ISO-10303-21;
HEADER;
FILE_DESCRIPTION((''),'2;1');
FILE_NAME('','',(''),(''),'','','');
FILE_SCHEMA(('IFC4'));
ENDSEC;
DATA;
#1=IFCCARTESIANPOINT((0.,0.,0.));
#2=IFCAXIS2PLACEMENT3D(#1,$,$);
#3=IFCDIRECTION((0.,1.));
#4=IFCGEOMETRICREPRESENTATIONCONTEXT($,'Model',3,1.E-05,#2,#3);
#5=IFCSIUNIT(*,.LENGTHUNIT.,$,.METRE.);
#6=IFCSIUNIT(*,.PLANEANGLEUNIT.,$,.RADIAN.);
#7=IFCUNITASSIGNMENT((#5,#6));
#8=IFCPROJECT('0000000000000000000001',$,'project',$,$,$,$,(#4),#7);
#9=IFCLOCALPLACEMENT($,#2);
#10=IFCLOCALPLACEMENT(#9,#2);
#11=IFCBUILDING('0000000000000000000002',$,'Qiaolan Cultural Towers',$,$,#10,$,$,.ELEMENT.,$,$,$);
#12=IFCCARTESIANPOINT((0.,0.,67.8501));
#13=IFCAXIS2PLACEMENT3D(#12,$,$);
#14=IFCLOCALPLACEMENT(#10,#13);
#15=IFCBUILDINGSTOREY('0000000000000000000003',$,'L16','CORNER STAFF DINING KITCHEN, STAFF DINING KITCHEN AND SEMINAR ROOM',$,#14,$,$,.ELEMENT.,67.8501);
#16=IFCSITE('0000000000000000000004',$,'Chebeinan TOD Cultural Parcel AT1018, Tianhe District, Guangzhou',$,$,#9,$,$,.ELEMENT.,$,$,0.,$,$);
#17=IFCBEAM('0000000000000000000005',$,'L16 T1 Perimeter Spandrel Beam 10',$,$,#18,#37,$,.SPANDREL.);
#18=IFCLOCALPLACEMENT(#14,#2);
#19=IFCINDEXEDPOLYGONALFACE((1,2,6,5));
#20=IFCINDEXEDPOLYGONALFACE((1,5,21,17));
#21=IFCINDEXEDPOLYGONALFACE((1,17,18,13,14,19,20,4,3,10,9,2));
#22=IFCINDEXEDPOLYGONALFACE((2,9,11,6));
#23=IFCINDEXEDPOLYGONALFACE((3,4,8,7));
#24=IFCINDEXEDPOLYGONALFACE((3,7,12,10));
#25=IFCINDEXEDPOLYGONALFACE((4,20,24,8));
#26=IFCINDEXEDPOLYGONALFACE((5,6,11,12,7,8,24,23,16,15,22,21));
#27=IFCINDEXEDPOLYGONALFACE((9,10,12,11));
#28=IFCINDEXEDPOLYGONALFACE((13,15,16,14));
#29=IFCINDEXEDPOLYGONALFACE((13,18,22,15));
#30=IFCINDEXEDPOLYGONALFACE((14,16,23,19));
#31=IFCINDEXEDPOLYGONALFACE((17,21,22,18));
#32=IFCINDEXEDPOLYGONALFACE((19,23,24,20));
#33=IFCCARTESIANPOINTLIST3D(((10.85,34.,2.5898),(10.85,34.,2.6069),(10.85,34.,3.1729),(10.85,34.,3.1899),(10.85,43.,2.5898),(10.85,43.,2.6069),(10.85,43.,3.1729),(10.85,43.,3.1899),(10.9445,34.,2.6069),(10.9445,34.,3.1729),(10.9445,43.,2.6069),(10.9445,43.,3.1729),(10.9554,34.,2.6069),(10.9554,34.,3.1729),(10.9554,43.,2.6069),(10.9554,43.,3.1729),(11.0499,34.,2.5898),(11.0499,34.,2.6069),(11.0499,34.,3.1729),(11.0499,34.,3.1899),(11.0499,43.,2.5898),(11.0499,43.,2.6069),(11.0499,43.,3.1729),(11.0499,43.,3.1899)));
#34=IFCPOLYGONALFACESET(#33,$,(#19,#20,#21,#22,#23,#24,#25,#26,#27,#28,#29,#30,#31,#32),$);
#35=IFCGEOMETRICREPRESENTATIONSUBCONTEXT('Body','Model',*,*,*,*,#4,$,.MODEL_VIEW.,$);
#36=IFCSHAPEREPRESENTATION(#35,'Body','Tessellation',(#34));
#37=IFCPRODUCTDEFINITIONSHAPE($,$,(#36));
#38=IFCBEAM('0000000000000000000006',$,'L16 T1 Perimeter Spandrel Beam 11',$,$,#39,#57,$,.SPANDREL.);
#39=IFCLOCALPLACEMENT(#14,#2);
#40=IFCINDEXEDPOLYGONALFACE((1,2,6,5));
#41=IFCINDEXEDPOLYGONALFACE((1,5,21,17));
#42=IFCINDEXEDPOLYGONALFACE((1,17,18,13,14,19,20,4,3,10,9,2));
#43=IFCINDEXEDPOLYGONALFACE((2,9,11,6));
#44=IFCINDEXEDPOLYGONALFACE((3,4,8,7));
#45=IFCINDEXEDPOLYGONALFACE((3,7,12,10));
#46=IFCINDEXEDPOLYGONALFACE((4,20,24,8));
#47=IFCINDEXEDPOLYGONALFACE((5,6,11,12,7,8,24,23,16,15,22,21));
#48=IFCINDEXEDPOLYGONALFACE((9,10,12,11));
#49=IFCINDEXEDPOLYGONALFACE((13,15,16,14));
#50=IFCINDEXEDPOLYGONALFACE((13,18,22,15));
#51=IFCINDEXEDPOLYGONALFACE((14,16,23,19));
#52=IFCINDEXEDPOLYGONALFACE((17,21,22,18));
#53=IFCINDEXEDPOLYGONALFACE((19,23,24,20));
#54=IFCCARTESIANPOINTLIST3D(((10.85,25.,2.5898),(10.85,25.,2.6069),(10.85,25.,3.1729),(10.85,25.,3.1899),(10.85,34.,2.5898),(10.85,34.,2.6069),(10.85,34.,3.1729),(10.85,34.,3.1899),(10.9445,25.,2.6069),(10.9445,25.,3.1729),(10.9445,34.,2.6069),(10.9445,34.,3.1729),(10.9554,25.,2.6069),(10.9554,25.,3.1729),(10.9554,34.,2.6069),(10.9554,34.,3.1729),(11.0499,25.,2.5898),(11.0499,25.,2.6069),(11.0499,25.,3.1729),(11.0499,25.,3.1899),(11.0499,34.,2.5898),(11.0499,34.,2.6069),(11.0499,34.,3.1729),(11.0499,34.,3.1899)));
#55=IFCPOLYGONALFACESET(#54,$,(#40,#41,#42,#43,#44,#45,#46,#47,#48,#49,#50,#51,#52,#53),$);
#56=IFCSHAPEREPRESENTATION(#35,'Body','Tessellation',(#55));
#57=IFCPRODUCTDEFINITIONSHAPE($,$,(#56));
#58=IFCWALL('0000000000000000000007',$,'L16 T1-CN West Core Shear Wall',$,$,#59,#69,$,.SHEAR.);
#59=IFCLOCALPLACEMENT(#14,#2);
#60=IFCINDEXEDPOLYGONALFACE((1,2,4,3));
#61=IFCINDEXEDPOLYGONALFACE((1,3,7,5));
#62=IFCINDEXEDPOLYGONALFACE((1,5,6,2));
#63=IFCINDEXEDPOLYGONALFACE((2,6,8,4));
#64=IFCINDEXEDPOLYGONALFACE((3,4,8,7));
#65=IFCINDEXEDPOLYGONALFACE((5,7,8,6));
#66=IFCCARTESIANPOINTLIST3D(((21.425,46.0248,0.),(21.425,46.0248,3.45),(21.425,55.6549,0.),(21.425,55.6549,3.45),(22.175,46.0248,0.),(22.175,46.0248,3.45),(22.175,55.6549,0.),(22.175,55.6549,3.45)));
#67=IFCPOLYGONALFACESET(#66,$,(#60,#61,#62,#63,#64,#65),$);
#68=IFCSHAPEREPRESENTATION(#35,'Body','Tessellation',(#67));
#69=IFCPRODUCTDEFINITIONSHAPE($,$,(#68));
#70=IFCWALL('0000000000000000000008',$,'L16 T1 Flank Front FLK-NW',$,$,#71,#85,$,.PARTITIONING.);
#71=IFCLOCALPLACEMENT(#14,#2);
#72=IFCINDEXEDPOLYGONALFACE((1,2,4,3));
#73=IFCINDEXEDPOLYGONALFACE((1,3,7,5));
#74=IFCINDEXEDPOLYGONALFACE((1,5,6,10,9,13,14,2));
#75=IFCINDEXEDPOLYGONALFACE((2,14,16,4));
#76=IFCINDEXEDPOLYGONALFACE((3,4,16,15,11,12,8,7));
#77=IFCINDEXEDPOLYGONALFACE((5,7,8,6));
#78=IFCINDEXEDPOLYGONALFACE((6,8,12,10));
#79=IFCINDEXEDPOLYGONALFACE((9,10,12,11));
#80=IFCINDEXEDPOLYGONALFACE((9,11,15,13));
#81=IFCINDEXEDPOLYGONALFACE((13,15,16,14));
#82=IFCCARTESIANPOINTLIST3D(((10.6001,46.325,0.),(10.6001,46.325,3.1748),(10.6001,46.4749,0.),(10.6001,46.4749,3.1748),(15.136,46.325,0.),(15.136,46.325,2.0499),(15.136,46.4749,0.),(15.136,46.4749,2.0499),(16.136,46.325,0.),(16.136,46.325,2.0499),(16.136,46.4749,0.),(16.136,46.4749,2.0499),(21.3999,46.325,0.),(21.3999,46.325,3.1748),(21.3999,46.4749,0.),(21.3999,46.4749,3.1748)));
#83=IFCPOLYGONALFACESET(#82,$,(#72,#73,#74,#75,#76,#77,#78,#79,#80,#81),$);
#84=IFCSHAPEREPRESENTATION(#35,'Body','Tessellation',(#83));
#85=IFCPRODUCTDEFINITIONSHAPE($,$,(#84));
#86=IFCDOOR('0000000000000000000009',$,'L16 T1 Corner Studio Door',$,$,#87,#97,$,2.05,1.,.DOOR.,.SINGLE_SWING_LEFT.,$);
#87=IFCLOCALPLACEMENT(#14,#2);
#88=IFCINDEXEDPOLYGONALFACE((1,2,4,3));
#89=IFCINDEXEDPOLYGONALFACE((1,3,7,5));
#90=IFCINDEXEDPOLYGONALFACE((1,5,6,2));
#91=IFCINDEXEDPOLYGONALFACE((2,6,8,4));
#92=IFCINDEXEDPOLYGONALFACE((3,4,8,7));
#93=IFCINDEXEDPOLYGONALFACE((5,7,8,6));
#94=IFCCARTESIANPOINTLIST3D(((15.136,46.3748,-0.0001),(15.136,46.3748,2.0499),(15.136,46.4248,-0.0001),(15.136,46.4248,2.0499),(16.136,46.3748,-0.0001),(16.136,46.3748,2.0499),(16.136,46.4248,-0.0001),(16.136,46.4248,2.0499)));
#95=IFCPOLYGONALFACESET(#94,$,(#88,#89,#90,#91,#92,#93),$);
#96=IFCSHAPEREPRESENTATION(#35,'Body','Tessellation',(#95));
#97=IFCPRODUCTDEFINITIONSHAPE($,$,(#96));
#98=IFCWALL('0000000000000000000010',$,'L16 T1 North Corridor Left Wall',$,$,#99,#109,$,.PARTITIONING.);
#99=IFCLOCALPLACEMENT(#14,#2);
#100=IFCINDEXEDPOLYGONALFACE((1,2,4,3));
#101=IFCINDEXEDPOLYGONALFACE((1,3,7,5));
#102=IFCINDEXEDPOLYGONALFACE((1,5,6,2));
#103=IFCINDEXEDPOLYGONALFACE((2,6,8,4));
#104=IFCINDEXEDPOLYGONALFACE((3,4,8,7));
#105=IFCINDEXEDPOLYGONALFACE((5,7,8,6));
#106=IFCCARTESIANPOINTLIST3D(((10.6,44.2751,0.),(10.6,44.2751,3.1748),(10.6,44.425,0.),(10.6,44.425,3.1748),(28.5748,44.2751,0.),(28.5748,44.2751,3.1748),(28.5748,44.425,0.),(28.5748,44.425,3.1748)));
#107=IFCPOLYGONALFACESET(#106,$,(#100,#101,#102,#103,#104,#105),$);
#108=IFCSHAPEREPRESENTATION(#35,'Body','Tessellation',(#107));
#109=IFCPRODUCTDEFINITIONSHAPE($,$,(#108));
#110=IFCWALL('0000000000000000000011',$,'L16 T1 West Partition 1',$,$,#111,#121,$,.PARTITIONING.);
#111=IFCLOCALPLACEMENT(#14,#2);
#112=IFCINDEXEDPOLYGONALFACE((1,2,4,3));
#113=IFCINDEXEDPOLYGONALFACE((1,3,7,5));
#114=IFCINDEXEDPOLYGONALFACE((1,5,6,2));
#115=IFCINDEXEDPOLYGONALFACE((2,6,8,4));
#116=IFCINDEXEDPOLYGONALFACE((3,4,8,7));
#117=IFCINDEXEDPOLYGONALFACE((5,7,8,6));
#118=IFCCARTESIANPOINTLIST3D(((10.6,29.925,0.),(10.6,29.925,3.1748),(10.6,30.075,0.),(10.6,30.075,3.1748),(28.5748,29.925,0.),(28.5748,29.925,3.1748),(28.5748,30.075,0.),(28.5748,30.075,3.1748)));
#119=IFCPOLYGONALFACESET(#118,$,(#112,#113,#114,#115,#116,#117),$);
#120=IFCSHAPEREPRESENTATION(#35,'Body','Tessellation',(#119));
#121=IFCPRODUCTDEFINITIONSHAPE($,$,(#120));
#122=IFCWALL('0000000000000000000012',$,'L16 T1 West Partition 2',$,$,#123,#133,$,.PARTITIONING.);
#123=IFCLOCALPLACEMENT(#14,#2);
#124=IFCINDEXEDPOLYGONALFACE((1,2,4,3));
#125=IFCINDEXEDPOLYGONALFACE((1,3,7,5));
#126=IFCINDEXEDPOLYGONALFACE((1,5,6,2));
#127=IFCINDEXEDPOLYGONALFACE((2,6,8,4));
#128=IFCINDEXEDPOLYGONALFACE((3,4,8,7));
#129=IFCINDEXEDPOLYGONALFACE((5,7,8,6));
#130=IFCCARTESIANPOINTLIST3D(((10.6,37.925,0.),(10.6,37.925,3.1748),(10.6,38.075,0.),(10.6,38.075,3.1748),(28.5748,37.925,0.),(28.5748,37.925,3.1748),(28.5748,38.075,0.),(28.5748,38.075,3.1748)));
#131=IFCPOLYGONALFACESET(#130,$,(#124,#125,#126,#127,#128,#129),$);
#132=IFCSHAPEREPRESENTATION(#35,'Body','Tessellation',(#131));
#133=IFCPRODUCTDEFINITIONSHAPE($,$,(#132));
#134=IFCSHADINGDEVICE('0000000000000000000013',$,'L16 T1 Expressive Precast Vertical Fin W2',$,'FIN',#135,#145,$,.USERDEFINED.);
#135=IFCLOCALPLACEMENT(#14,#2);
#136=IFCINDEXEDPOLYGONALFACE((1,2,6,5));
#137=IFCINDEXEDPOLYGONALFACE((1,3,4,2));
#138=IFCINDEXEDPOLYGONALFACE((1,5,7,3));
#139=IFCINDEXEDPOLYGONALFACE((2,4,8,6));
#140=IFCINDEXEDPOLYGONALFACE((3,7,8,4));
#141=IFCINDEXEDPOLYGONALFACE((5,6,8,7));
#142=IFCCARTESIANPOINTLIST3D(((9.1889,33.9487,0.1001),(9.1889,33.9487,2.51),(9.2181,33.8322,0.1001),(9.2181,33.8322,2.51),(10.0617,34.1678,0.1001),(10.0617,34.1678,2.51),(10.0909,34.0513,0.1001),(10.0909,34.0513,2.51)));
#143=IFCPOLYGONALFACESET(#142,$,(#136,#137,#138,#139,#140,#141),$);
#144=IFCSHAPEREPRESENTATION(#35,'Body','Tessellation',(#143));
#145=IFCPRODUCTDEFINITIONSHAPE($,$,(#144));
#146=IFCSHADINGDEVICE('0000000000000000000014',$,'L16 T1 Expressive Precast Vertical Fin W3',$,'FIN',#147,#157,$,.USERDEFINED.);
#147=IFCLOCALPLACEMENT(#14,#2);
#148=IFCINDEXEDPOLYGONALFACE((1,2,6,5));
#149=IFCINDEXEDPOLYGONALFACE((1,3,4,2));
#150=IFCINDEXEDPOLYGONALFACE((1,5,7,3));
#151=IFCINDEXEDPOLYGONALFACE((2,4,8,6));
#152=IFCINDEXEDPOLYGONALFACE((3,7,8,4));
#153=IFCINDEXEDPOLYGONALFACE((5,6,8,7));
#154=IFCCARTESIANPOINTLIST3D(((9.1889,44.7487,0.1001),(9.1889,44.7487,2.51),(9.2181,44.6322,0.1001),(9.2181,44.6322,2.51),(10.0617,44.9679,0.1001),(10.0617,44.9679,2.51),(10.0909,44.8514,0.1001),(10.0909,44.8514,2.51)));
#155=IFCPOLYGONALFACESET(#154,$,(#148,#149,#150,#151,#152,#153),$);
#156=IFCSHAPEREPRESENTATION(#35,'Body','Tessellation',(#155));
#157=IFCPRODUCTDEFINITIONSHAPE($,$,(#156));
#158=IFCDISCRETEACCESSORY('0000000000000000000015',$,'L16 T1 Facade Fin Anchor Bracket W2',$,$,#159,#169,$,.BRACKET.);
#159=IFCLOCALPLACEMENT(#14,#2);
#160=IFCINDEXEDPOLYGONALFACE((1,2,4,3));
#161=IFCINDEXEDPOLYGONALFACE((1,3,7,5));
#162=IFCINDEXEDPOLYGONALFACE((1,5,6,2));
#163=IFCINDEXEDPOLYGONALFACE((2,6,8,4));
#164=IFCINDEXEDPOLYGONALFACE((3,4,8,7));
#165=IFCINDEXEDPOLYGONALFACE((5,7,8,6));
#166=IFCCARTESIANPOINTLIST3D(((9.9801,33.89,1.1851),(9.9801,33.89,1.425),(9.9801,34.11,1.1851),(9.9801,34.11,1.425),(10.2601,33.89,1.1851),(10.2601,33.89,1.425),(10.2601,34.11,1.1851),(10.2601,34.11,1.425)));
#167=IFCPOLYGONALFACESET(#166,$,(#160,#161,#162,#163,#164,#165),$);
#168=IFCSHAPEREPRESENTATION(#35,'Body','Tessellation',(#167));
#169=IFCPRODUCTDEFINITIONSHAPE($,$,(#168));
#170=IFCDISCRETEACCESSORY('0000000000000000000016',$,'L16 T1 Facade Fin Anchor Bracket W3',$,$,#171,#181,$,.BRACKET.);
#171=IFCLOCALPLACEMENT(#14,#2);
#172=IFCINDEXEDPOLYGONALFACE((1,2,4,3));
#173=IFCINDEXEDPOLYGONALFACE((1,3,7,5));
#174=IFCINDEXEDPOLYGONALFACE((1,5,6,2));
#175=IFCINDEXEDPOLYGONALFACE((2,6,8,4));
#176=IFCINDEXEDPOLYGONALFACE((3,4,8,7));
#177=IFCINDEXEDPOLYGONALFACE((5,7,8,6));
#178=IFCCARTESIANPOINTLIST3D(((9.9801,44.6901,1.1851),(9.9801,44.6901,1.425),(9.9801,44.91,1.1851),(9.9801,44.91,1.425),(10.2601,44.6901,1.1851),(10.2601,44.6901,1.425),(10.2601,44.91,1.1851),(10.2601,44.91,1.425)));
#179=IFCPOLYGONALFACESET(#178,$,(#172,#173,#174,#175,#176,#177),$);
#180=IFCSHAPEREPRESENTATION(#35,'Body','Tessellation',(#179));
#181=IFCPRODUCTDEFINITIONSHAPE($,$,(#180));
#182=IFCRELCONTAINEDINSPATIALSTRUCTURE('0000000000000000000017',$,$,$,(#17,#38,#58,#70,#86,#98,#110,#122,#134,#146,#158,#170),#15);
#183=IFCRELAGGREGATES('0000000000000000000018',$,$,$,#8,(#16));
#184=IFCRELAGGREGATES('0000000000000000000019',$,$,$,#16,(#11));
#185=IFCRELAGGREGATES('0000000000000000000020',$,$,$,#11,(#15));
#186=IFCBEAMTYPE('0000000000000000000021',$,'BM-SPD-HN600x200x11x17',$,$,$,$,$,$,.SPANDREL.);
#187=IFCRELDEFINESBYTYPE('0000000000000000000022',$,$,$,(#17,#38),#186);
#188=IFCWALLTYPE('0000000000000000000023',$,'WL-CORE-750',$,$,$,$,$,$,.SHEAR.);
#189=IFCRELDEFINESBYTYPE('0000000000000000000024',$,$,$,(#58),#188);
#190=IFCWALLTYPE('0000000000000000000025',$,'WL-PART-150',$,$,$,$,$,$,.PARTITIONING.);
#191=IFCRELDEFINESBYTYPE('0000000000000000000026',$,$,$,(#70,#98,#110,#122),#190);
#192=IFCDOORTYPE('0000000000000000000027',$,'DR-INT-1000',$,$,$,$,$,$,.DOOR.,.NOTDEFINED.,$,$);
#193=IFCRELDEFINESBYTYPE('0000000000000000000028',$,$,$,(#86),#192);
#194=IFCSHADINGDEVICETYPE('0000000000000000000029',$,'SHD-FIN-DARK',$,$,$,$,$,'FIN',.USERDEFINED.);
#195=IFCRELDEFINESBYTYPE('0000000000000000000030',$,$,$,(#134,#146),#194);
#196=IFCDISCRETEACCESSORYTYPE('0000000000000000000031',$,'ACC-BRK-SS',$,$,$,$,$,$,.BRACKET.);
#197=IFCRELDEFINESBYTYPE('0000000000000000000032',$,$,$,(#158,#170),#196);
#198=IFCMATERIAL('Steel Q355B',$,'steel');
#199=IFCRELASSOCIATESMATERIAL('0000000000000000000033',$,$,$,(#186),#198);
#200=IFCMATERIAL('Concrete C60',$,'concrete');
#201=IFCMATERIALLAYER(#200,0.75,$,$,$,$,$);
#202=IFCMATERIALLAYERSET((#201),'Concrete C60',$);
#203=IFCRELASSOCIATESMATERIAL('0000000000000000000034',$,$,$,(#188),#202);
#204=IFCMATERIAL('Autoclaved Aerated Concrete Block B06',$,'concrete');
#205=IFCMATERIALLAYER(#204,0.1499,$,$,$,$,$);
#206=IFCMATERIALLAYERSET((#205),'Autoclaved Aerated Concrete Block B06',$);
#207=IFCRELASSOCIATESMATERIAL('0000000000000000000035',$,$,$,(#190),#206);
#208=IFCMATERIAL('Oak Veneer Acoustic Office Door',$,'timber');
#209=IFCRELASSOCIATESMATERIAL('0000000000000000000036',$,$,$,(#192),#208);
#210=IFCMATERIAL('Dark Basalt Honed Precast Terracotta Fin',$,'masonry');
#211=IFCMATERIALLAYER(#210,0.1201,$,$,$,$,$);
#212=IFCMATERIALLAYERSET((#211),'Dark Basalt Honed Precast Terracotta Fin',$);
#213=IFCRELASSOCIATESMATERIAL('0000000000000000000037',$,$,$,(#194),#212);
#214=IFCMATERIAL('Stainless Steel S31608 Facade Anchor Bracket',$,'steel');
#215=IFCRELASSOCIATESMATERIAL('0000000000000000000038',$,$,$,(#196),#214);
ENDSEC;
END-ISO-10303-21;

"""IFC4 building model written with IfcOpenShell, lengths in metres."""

from ifc_helpers import new_model, si_unit, direction, frame, frame_2d, origin, origin_2d, place, context, subcontext, project, spatial, rectangle, i_section, extrude, material, layer, layer_set, material_profile, profile_set, type_object, element, fill, save


model = new_model("IFC4")

# Units and contexts
model_context = context("Model", 3, precision=1e-05, world=origin(), true_north=direction((0.0, 1.0)))
body_context = subcontext(model_context, "Body", "Model", "MODEL_VIEW")
ifc_project = project(units=[si_unit("LENGTHUNIT", "METRE"), si_unit("PLANEANGLEUNIT", "RADIAN")], contexts=[model_context])

# Site, building, storey
site_placement = place(None, origin())
site = spatial("IfcSite", under=ifc_project, at=site_placement, Name="Chebeinan TOD Cultural Parcel AT1018, Tianhe District, Guangzhou", CompositionType="ELEMENT", RefElevation=0.0)
building_placement = place(site_placement, origin())
building = spatial("IfcBuilding", under=site, at=building_placement, Name="Qiaolan Cultural Towers", CompositionType="ELEMENT")
storey_placement = place(building_placement, frame((0.0, 0.0, 67.8501)))
storey = spatial("IfcBuildingStorey", under=building, at=storey_placement, Name="L16", Description="CORNER STAFF DINING KITCHEN, STAFF DINING KITCHEN AND SEMINAR ROOM", CompositionType="ELEMENT", Elevation=67.8501)

# Beams
ifc_material_1 = material(Name="Steel Q355B", Category="steel")
ifc_material_profile_1 = material_profile(ifc_material_1, i_section(OverallWidth=0.2, OverallDepth=0.6001, WebThickness=0.011, FlangeThickness=0.0171, at=origin_2d()), Name="HN600x200x11x17")
ifc_profile_set_1 = profile_set([ifc_material_profile_1], Name="Steel Q355B")
beam_type_1 = type_object("IfcBeamType", Name="BM-SPD-HN600x200x11x17", PredefinedType="SPANDREL", material=ifc_profile_set_1)
for number, where, z_axis, x_axis, name in (
    (1, (10.95, 43.0, 2.8899), (0.0, -1.0, 0.0), (1.0, 0.0, 0.0), "L16 T1 Perimeter Spandrel Beam 10"),
    (2, (10.95, 34.0, 2.8899), (0.0, -1.0, 0.0), (1.0, 0.0, 0.0), "L16 T1 Perimeter Spandrel Beam 11"),
):
    element("IfcBeam", number, at=place(storey_placement, frame(where, z_axis=z_axis, x_axis=x_axis)), inside=storey, type_object=beam_type_1, Name=name, PredefinedType="SPANDREL", context=body_context, shape_type="SweptSolid", body=[
        extrude(i_section(OverallWidth=0.2, OverallDepth=0.6001, WebThickness=0.011, FlangeThickness=0.0171, at=origin_2d()), origin(), (0.0, 0.0, 1.0), 9.0),
    ])

# Wall
ifc_material_2 = material(Name="Concrete C60", Category="concrete")
ifc_layer_1 = layer(ifc_material_2, 0.75)
ifc_layer_set_1 = layer_set([ifc_layer_1], Name="Concrete C60")
wall_type_1 = type_object("IfcWallType", Name="WL-CORE-750", PredefinedType="SHEAR", material=ifc_layer_set_1)
wall_1_placement = place(storey_placement, frame((21.8, 46.0249, 0.0), z_axis=(0.0, 0.0, 1.0), x_axis=(0.0, 1.0, 0.0)))
element("IfcWall", 3, at=wall_1_placement, inside=storey, type_object=wall_type_1, Name="L16 T1-CN West Core Shear Wall", PredefinedType="SHEAR", context=body_context, shape_type="SweptSolid", body=[
    extrude(rectangle(XDim=9.6301, YDim=0.75, at=frame_2d((4.8149, 0.0))), origin(), (0.0, 0.0, 1.0), 3.45),
])

# Wall, opening, door
ifc_material_3 = material(Name="Autoclaved Aerated Concrete Block B06", Category="concrete")
ifc_layer_2 = layer(ifc_material_3, 0.1499)
ifc_layer_set_2 = layer_set([ifc_layer_2], Name="Autoclaved Aerated Concrete Block B06")
wall_type_2 = type_object("IfcWallType", Name="WL-PART-150", PredefinedType="PARTITIONING", material=ifc_layer_set_2)
wall_2_placement = place(storey_placement, frame((10.6001, 46.3999, 0.0), z_axis=(0.0, 0.0, 1.0), x_axis=(1.0, 0.0, 0.0)))
wall_2 = element("IfcWall", 4, at=wall_2_placement, inside=storey, type_object=wall_type_2, Name="L16 T1 Flank Front FLK-NW", PredefinedType="PARTITIONING", context=body_context, shape_type="SweptSolid", body=[
    extrude(rectangle(XDim=10.7998, YDim=0.1499, at=frame_2d((5.3999, 0.0))), origin(), (0.0, 0.0, 1.0), 3.1748),
])
opening_placement = place(wall_2_placement, frame((4.5359, 0.0, 0.0)))
opening = element("IfcOpeningElement", 5, at=opening_placement, cuts=wall_2, PredefinedType="OPENING", context=body_context, shape_type="SweptSolid", body=[
    extrude(rectangle(XDim=1.0, YDim=2.05, at=frame_2d((0.5, 1.0249))), frame((0.0, 0.085, 0.0), z_axis=(0.0, -1.0, 0.0), x_axis=(1.0, 0.0, 0.0)), (0.0, 0.0, 1.0), 0.1699),
])
ifc_material_4 = material(Name="Oak Veneer Acoustic Office Door", Category="timber")
door_type = type_object("IfcDoorType", Name="DR-INT-1000", OperationType="NOTDEFINED", PredefinedType="DOOR", material=ifc_material_4)
door_placement = place(opening_placement, origin())
door = element("IfcDoor", 6, at=door_placement, inside=storey, type_object=door_type, Name="L16 T1 Corner Studio Door", OperationType="SINGLE_SWING_LEFT", OverallHeight=2.05, OverallWidth=1.0, PredefinedType="DOOR", context=body_context, shape_type="SweptSolid", body=[
    extrude(rectangle(XDim=1.0, YDim=2.05, at=frame_2d((0.5, 1.0249))), frame((0.0, 0.0249, 0.0), z_axis=(0.0, -1.0, 0.0), x_axis=(1.0, 0.0, 0.0)), (0.0, 0.0, 1.0), 0.05),
])
fill(opening, door)

# Walls
for number, where, z_axis, x_axis, name in (
    (7, (10.6001, 44.3501, 0.0), (0.0, 0.0, 1.0), (1.0, 0.0, 0.0), "L16 T1 North Corridor Left Wall"),
    (8, (10.6001, 30.0, 0.0), (0.0, 0.0, 1.0), (1.0, 0.0, 0.0), "L16 T1 West Partition 1"),
    (9, (10.6001, 38.0, 0.0), (0.0, 0.0, 1.0), (1.0, 0.0, 0.0), "L16 T1 West Partition 2"),
):
    element("IfcWall", number, at=place(storey_placement, frame(where, z_axis=z_axis, x_axis=x_axis)), inside=storey, type_object=wall_type_2, Name=name, PredefinedType="PARTITIONING", context=body_context, shape_type="SweptSolid", body=[
        extrude(rectangle(XDim=17.9749, YDim=0.1499, at=frame_2d((8.9873, 0.0))), origin(), (0.0, 0.0, 1.0), 3.1748),
    ])

# Shading devices
ifc_material_5 = material(Name="Dark Basalt Honed Precast Terracotta Fin", Category="masonry")
ifc_layer_3 = layer(ifc_material_5, 0.1201)
ifc_layer_set_3 = layer_set([ifc_layer_3], Name="Dark Basalt Honed Precast Terracotta Fin")
shading_device_type = type_object("IfcShadingDeviceType", Name="SHD-FIN-DARK", ElementType="FIN", PredefinedType="USERDEFINED", material=ifc_layer_set_3)
for number, where, z_axis, x_axis, name in (
    (10, (9.6399, 34.0, 0.1001), (0.0, 0.0, 1.0), (0.969892, 0.243537, 0.0), "L16 T1 Expressive Precast Vertical Fin W2"),
    (11, (9.6399, 44.8, 0.1001), (0.0, 0.0, 1.0), (0.969892, 0.243537, 0.0), "L16 T1 Expressive Precast Vertical Fin W3"),
):
    element("IfcShadingDevice", number, at=place(storey_placement, frame(where, z_axis=z_axis, x_axis=x_axis)), inside=storey, type_object=shading_device_type, Name=name, ObjectType="FIN", PredefinedType="USERDEFINED", context=body_context, shape_type="SweptSolid", body=[
        extrude(rectangle(XDim=0.8999, YDim=0.1201, at=origin_2d()), origin(), (0.0, 0.0, 1.0), 2.4099),
    ])

# Discrete accessories
ifc_material_6 = material(Name="Stainless Steel S31608 Facade Anchor Bracket", Category="steel")
discrete_accessory_type = type_object("IfcDiscreteAccessoryType", Name="ACC-BRK-SS", PredefinedType="BRACKET", material=ifc_material_6)
for number, where, z_axis, x_axis, name in (
    (12, (10.1201, 34.0, 1.1851), (0.0, 0.0, 1.0), (1.0, 0.0, 0.0), "L16 T1 Facade Fin Anchor Bracket W2"),
    (13, (10.1201, 44.8, 1.1851), (0.0, 0.0, 1.0), (1.0, 0.0, 0.0), "L16 T1 Facade Fin Anchor Bracket W3"),
):
    element("IfcDiscreteAccessory", number, at=place(storey_placement, frame(where, z_axis=z_axis, x_axis=x_axis)), inside=storey, type_object=discrete_accessory_type, Name=name, PredefinedType="BRACKET", context=body_context, shape_type="SweptSolid", body=[
        extrude(rectangle(XDim=0.28, YDim=0.22, at=origin_2d()), origin(), (0.0, 0.0, 1.0), 0.24),
    ])

save(model, "model.ifc")
